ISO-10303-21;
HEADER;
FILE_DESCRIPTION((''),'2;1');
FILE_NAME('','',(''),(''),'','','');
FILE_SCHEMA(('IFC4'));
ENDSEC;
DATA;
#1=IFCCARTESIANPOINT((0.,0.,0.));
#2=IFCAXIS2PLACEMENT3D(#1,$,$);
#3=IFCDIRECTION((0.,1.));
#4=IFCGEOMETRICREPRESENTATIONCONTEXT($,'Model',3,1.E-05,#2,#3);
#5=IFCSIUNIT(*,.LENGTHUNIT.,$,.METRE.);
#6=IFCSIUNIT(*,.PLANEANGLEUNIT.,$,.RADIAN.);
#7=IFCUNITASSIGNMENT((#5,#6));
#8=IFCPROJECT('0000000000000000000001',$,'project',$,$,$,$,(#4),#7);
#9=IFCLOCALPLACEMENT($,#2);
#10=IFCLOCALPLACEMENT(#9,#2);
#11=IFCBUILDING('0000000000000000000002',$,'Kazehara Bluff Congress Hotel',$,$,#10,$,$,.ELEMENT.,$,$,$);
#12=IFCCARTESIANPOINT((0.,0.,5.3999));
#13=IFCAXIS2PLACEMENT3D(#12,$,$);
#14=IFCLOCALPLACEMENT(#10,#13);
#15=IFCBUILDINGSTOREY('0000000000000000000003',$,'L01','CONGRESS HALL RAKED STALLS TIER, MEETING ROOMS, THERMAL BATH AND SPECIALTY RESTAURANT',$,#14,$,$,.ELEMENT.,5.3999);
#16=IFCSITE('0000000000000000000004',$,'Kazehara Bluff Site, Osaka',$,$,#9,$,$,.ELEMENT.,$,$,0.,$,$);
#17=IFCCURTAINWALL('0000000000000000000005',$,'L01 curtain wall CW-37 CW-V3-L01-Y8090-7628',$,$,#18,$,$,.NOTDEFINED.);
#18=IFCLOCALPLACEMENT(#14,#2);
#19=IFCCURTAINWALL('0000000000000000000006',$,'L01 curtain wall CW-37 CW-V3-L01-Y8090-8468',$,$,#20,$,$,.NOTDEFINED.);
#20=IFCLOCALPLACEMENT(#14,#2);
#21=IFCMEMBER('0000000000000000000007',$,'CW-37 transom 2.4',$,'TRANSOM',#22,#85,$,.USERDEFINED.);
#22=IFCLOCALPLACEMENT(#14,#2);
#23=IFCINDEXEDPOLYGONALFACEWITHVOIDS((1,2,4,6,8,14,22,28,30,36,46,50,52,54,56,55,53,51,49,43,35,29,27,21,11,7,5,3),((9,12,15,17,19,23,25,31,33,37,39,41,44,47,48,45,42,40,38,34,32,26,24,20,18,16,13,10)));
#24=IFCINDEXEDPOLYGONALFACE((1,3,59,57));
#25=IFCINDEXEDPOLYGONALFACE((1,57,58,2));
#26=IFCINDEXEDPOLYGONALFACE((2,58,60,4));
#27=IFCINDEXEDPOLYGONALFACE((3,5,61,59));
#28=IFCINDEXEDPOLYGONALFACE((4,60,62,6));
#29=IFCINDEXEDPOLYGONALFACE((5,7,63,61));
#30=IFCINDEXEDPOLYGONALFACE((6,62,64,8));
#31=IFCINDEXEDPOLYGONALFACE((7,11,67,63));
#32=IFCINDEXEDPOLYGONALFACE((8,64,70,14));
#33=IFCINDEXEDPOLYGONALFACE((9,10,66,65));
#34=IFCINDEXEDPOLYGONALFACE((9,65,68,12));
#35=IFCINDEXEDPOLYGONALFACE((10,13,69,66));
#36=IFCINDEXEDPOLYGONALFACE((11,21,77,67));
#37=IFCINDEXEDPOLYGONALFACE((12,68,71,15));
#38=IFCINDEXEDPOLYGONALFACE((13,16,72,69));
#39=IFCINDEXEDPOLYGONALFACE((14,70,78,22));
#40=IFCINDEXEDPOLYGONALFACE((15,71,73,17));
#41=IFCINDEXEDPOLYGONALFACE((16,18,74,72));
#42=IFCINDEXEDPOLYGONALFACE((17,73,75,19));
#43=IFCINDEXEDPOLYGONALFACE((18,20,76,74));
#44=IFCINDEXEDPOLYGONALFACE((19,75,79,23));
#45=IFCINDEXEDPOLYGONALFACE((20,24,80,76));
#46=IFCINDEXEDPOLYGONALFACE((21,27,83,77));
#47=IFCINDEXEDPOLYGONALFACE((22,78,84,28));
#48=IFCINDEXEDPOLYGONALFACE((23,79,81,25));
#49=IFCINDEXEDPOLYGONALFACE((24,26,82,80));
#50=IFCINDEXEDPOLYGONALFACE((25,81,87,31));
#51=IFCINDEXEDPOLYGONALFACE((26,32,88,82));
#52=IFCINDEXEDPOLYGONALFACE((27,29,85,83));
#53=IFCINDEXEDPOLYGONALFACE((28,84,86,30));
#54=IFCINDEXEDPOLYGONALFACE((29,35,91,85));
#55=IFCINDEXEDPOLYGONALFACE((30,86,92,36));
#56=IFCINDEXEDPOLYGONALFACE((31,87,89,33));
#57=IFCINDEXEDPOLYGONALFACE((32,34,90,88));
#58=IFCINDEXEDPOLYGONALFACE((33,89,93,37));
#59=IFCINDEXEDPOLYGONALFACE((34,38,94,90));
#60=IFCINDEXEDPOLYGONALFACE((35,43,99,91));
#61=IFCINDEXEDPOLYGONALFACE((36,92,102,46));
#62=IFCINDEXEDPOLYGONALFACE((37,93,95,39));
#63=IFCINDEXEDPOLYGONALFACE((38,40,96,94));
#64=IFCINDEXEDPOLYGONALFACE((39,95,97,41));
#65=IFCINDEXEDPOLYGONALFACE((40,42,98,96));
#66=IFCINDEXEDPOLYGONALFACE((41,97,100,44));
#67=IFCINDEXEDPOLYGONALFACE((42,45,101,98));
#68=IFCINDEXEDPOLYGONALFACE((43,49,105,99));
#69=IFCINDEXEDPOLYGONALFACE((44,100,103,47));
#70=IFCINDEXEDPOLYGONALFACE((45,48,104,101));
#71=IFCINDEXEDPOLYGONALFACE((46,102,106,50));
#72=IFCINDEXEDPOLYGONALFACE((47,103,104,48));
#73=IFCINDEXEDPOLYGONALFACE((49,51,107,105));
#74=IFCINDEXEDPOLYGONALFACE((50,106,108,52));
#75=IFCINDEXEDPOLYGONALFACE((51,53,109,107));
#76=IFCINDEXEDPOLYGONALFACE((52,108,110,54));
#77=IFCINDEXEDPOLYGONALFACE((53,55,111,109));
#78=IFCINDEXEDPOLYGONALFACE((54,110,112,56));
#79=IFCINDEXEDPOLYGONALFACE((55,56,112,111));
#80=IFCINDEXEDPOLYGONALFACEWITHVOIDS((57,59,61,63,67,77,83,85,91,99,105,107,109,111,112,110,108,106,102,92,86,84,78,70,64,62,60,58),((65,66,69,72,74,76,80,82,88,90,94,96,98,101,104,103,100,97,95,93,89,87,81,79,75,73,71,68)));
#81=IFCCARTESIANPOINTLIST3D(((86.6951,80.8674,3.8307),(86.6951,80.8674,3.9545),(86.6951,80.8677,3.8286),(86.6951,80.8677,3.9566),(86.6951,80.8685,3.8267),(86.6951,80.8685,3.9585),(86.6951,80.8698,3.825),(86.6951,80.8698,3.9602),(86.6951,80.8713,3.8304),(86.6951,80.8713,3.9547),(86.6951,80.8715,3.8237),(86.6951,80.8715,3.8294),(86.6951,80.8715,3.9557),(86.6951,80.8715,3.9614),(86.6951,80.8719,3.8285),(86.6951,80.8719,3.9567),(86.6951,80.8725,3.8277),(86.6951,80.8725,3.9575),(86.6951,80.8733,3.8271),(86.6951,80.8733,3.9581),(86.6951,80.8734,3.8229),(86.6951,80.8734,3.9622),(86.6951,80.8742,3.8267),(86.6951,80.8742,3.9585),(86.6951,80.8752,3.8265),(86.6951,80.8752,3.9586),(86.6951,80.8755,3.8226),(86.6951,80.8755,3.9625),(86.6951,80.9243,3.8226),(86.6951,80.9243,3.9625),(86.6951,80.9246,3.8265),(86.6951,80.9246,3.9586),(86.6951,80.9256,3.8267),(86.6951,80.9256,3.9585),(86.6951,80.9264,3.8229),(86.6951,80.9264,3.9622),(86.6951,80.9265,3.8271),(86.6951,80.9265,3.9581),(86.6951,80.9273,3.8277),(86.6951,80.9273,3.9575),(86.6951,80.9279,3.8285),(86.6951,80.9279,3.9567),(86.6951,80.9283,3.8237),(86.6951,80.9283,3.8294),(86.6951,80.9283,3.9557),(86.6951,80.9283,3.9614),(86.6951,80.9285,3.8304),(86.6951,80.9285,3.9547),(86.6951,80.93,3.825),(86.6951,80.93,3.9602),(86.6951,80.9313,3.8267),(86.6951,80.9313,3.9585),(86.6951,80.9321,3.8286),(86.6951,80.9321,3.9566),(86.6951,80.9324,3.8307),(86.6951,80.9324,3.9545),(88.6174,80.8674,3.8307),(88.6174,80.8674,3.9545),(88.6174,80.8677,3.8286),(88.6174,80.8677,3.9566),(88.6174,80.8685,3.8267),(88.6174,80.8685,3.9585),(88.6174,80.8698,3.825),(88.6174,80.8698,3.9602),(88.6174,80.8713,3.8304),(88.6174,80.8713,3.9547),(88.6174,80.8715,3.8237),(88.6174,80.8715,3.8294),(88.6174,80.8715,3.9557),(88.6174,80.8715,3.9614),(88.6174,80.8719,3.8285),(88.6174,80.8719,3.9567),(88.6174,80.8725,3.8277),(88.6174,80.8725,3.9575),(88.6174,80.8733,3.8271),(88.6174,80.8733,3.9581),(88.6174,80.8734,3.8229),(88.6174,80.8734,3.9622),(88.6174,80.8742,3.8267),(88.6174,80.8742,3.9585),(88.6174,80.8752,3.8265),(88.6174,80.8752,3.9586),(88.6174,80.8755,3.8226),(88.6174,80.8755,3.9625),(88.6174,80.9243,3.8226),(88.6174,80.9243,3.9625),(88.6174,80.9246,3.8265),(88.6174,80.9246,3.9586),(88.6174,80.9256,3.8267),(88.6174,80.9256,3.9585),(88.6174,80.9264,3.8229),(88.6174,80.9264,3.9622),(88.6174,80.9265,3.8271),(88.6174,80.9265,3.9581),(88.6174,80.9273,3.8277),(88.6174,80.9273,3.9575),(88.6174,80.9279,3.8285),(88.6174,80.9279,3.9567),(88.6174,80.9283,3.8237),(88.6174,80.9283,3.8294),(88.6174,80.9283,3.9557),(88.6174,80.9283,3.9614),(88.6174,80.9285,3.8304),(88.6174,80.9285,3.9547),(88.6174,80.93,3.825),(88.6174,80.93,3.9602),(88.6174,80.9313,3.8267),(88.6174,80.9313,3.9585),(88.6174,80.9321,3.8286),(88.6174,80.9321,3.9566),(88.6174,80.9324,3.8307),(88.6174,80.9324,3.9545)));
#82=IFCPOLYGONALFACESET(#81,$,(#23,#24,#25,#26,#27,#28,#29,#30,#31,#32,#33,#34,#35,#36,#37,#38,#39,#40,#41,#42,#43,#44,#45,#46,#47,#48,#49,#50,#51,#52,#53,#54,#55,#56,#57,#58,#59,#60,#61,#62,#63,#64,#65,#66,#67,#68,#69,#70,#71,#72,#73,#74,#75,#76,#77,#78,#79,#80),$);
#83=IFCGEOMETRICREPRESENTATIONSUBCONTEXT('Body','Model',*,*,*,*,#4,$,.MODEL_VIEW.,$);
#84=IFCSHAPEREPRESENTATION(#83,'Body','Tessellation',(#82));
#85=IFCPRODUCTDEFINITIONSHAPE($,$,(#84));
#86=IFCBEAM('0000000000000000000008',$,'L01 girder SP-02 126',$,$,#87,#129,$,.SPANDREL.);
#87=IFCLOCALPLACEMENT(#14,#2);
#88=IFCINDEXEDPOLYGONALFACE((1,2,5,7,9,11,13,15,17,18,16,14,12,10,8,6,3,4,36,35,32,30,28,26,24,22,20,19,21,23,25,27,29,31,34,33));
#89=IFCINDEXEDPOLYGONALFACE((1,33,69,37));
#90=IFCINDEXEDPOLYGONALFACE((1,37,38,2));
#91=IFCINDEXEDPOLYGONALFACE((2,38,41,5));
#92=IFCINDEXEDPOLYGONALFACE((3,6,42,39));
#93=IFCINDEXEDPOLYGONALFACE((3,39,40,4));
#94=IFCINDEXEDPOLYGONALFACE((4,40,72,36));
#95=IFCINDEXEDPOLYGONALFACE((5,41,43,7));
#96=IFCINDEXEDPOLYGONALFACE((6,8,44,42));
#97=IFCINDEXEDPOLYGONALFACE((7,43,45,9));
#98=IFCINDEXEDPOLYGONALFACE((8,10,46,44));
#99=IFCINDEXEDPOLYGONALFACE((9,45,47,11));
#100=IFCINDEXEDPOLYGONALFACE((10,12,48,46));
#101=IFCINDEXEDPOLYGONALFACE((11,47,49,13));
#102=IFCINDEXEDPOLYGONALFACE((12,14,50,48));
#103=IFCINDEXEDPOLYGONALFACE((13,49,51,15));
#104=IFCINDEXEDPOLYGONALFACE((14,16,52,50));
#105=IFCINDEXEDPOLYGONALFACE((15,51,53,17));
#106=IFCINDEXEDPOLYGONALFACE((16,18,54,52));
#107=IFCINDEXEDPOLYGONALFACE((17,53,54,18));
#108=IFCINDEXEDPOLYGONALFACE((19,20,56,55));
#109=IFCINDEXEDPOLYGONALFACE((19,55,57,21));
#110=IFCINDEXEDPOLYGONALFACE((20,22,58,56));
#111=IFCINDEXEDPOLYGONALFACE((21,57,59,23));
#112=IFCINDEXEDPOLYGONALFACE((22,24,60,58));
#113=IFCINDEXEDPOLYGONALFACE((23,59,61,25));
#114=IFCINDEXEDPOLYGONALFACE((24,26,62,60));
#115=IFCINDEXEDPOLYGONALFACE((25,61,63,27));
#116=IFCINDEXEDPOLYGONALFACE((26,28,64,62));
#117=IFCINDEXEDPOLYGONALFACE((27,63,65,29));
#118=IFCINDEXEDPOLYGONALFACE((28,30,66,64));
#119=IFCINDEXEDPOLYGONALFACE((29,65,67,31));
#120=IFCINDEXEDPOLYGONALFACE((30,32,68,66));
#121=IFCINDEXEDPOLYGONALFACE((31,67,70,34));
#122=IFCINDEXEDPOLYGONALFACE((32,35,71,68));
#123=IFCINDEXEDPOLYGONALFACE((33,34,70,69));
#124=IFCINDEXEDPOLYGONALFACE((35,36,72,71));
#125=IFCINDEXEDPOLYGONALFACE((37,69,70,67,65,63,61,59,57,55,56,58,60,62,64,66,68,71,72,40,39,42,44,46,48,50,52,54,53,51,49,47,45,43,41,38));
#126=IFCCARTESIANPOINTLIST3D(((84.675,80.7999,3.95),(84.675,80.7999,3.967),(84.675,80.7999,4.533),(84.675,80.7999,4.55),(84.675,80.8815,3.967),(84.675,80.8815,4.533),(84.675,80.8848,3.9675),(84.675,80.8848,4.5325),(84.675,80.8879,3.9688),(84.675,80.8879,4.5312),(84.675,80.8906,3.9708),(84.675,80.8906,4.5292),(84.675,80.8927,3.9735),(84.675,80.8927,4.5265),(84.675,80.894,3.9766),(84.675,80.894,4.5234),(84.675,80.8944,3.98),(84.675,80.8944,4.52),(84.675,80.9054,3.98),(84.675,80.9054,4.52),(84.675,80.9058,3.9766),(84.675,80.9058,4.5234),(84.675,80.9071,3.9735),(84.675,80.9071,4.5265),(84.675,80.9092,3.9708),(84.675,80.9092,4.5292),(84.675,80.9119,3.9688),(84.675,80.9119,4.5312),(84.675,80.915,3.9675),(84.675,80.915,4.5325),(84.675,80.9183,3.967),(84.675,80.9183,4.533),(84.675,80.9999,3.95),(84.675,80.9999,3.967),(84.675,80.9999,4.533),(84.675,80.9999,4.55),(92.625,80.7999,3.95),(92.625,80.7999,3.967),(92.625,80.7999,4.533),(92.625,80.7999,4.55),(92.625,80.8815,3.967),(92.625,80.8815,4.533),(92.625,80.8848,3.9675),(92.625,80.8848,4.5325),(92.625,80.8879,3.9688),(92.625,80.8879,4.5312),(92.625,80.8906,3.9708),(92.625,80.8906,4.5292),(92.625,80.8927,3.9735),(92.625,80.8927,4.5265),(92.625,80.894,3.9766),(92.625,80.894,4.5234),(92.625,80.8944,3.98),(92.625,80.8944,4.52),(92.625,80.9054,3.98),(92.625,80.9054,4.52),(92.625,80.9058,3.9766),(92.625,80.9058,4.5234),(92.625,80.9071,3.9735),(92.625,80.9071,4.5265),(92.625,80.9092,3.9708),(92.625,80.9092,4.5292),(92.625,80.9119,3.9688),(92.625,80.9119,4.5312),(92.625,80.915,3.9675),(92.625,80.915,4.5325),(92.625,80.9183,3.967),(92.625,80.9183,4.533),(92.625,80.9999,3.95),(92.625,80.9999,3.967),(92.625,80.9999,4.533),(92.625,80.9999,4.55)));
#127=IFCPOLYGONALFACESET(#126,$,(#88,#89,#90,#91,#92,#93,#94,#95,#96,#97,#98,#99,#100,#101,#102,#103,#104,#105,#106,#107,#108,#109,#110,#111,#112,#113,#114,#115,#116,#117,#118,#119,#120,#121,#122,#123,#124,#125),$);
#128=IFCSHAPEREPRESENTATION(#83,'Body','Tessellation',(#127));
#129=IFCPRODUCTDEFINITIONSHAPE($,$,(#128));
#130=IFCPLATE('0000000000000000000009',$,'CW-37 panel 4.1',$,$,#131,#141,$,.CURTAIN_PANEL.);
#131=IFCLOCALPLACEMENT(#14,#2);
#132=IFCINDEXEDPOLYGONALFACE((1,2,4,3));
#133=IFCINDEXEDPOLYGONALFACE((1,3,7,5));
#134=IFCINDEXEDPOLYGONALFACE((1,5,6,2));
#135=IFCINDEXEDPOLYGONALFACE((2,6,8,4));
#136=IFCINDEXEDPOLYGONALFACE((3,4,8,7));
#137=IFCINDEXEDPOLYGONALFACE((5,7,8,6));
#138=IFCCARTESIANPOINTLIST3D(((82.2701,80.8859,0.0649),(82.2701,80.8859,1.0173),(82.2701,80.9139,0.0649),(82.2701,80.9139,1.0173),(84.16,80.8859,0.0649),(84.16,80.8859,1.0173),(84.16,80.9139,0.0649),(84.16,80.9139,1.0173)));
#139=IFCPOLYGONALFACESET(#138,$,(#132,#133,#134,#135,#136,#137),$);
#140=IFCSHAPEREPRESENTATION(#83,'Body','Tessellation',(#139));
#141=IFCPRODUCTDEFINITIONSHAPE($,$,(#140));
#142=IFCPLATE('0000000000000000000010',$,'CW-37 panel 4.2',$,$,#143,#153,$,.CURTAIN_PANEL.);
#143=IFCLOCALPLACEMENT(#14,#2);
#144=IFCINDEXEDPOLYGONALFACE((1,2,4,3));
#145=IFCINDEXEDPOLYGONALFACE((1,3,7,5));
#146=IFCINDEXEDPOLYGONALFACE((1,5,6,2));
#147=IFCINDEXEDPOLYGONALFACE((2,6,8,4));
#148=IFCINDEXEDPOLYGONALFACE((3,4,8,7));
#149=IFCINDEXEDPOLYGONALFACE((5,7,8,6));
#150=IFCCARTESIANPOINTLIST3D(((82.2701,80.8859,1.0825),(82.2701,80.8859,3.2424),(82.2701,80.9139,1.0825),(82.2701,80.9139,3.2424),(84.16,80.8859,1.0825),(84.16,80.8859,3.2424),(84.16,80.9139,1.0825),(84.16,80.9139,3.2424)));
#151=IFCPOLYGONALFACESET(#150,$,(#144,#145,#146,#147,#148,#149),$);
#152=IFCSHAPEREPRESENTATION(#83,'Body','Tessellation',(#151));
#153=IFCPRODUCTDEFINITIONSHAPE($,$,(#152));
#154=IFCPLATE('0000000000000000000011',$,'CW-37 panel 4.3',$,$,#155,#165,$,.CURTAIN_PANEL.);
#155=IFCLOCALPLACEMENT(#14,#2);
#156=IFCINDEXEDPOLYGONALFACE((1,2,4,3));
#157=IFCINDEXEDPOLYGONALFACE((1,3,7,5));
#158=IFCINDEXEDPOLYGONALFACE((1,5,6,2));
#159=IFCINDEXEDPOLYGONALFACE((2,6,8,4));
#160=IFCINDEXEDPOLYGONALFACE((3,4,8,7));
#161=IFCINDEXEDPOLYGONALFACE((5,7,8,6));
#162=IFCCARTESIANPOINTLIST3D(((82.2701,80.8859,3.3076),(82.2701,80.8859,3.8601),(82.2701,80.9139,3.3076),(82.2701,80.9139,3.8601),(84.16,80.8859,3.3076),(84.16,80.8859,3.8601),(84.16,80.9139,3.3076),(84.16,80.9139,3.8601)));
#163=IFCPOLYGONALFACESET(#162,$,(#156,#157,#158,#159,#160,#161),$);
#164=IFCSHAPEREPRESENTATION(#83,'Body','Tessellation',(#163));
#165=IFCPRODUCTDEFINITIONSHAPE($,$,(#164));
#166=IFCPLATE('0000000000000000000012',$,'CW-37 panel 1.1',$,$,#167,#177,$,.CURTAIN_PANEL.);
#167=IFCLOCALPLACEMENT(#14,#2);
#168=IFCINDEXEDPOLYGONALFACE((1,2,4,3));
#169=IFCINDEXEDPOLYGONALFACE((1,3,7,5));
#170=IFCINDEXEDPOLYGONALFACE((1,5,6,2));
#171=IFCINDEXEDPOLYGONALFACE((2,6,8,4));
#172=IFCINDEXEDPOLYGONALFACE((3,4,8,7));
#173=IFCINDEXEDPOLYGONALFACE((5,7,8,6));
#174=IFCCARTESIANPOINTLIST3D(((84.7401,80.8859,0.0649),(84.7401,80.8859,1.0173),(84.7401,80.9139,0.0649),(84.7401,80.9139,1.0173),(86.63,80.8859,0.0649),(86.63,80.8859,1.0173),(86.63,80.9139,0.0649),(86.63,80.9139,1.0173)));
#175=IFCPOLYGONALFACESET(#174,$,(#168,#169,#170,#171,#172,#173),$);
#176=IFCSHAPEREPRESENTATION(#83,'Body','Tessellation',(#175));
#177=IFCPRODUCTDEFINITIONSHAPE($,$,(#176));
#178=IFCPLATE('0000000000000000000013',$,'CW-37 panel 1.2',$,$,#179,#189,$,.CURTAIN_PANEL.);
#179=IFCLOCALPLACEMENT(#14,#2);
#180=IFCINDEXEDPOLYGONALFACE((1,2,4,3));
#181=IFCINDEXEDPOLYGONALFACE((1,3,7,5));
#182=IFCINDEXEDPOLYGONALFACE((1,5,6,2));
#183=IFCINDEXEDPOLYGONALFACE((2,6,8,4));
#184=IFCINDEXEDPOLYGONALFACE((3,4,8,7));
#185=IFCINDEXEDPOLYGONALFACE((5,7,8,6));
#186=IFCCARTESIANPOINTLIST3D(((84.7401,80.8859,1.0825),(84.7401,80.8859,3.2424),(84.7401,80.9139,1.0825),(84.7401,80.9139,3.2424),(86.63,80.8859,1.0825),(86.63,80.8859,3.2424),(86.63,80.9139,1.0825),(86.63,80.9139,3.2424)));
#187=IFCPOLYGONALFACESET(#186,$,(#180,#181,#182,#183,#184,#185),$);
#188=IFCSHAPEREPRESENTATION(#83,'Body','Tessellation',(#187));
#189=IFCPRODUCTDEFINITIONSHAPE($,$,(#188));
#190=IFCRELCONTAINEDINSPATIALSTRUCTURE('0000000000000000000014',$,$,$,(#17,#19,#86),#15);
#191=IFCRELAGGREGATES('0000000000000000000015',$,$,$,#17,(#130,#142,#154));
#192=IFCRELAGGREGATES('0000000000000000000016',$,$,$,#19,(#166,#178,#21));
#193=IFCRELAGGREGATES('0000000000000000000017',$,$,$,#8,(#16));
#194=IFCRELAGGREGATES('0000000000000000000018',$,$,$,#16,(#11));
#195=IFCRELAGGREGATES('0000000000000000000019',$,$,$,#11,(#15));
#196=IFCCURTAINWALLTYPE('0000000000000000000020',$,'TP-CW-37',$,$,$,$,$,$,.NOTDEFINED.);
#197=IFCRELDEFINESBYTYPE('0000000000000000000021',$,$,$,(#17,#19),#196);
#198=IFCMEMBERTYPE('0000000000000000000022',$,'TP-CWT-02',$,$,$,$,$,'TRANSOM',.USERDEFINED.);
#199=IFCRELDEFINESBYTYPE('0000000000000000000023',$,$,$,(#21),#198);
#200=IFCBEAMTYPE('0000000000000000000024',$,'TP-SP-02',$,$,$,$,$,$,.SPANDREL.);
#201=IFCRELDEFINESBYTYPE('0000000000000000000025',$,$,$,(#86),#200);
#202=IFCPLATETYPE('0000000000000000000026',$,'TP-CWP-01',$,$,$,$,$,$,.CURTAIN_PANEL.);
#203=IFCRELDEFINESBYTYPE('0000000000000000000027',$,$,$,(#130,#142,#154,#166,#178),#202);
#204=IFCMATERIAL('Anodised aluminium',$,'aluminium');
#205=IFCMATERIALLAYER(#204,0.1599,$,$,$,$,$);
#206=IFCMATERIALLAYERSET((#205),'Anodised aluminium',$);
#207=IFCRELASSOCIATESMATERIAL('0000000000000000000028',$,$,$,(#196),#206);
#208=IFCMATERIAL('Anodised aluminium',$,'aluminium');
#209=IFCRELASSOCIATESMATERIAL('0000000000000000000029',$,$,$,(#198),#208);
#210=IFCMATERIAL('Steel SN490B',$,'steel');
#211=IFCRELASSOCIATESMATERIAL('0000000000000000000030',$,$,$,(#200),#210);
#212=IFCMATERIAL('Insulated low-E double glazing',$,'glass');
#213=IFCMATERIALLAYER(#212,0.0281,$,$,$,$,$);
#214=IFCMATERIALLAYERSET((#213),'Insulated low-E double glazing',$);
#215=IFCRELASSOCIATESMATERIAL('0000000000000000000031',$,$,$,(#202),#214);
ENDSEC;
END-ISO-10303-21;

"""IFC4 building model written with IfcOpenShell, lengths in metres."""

from ifc_helpers import new_model, si_unit, direction, frame, origin, origin_2d, place, context, subcontext, project, spatial, rectangle, hollow_rectangle, i_section, extrude, material, layer, layer_set, material_profile, profile_set, type_object, element, aggregate, save


model = new_model("IFC4")

# Units and contexts
model_context = context("Model", 3, precision=1e-05, world=origin(), true_north=direction((0.0, 1.0)))
body_context = subcontext(model_context, "Body", "Model", "MODEL_VIEW")
ifc_project = project(units=[si_unit("LENGTHUNIT", "METRE"), si_unit("PLANEANGLEUNIT", "RADIAN")], contexts=[model_context])

# Site, building, storey
site_placement = place(None, origin())
site = spatial("IfcSite", under=ifc_project, at=site_placement, Name="Kazehara Bluff Site, Osaka", CompositionType="ELEMENT", RefElevation=0.0)
building_placement = place(site_placement, origin())
building = spatial("IfcBuilding", under=site, at=building_placement, Name="Kazehara Bluff Congress Hotel", CompositionType="ELEMENT")
storey_placement = place(building_placement, frame((0.0, 0.0, 5.3999)))
storey = spatial("IfcBuildingStorey", under=building, at=storey_placement, Name="L01", Description="CONGRESS HALL RAKED STALLS TIER, MEETING ROOMS, THERMAL BATH AND SPECIALTY RESTAURANT", CompositionType="ELEMENT", Elevation=5.3999)

# Curtain walls
ifc_material_1 = material(Name="Anodised aluminium", Category="aluminium")
ifc_layer_1 = layer(ifc_material_1, 0.1599)
ifc_layer_set_1 = layer_set([ifc_layer_1], Name="Anodised aluminium")
curtain_wall_type_1 = type_object("IfcCurtainWallType", Name="TP-CW-37", PredefinedType="NOTDEFINED", material=ifc_layer_set_1)
curtain_wall_1_placement = place(storey_placement, origin())
curtain_wall_1 = element("IfcCurtainWall", 1, at=curtain_wall_1_placement, inside=storey, type_object=curtain_wall_type_1, Name="L01 curtain wall CW-37 CW-V3-L01-Y8090-7628", PredefinedType="NOTDEFINED")
curtain_wall_2_placement = place(storey_placement, origin())
curtain_wall_2 = element("IfcCurtainWall", 2, at=curtain_wall_2_placement, inside=storey, type_object=curtain_wall_type_1, Name="L01 curtain wall CW-37 CW-V3-L01-Y8090-8468", PredefinedType="NOTDEFINED")

# Member
ifc_material_2 = material(Name="Anodised aluminium", Category="aluminium")
ifc_material_profile_1 = material_profile(ifc_material_2, hollow_rectangle(XDim=0.0649, YDim=0.1399, WallThickness=0.0039, InnerFilletRadius=0.0039, OuterFilletRadius=0.0081, at=origin_2d()))
ifc_profile_set_1 = profile_set([ifc_material_profile_1], Name="Anodised aluminium")
member_type_1 = type_object("IfcMemberType", Name="TP-CWT-02", ElementType="TRANSOM", PredefinedType="USERDEFINED", material=ifc_profile_set_1)
member_1_placement = place(storey_placement, frame((86.6951, 80.8999, 3.8926), z_axis=(1.0, 0.0, 0.0), x_axis=(0.0, 1.0, 0.0)))
member_1 = element("IfcMember", 3, at=member_1_placement, type_object=member_type_1, Name="CW-37 transom 2.4", ObjectType="TRANSOM", PredefinedType="USERDEFINED", context=body_context, shape_type="SweptSolid", body=[
    extrude(hollow_rectangle(XDim=0.0649, YDim=0.1399, WallThickness=0.0039, InnerFilletRadius=0.0039, OuterFilletRadius=0.0081, at=origin_2d()), origin(), (0.0, 0.0, 1.0), 1.9224),
])

# Beam
ifc_material_3 = material(Name="Steel SN490B", Category="steel")
ifc_material_profile_2 = material_profile(ifc_material_3, i_section(OverallWidth=0.2, OverallDepth=0.6001, WebThickness=0.011, FlangeThickness=0.0171, FilletRadius=0.0129, at=origin_2d()))
ifc_profile_set_2 = profile_set([ifc_material_profile_2], Name="Steel SN490B")
beam_type = type_object("IfcBeamType", Name="TP-SP-02", PredefinedType="SPANDREL", material=ifc_profile_set_2)
beam_placement = place(storey_placement, frame((84.675, 80.8999, 4.25), z_axis=(1.0, 0.0, 0.0), x_axis=(0.0, 1.0, 0.0)))
element("IfcBeam", 4, at=beam_placement, inside=storey, type_object=beam_type, Name="L01 girder SP-02 126", PredefinedType="SPANDREL", context=body_context, shape_type="SweptSolid", body=[
    extrude(i_section(OverallWidth=0.2, OverallDepth=0.6001, WebThickness=0.011, FlangeThickness=0.0171, FilletRadius=0.0129, at=origin_2d()), origin(), (0.0, 0.0, 1.0), 7.95),
])

# Plates
ifc_material_4 = material(Name="Insulated low-E double glazing", Category="glass")
ifc_layer_2 = layer(ifc_material_4, 0.0281)
ifc_layer_set_2 = layer_set([ifc_layer_2], Name="Insulated low-E double glazing")
plate_type = type_object("IfcPlateType", Name="TP-CWP-01", PredefinedType="CURTAIN_PANEL", material=ifc_layer_set_2)
plate_1_placement = place(storey_placement, frame((83.2151, 80.8999, 0.0649), z_axis=(0.0, 0.0, 1.0), x_axis=(1.0, 0.0, 0.0)))
plate_1 = element("IfcPlate", 5, at=plate_1_placement, type_object=plate_type, Name="CW-37 panel 4.1", PredefinedType="CURTAIN_PANEL", context=body_context, shape_type="SweptSolid", body=[
    extrude(rectangle(XDim=1.8899, YDim=0.0281, at=origin_2d()), origin(), (0.0, 0.0, 1.0), 0.9524),
])
plate_2_placement = place(storey_placement, frame((83.2151, 80.8999, 1.0825), z_axis=(0.0, 0.0, 1.0), x_axis=(1.0, 0.0, 0.0)))
plate_2 = element("IfcPlate", 6, at=plate_2_placement, type_object=plate_type, Name="CW-37 panel 4.2", PredefinedType="CURTAIN_PANEL", context=body_context, shape_type="SweptSolid", body=[
    extrude(rectangle(XDim=1.8899, YDim=0.0281, at=origin_2d()), origin(), (0.0, 0.0, 1.0), 2.1599),
])
plate_3_placement = place(storey_placement, frame((83.2151, 80.8999, 3.3076), z_axis=(0.0, 0.0, 1.0), x_axis=(1.0, 0.0, 0.0)))
plate_3 = element("IfcPlate", 7, at=plate_3_placement, type_object=plate_type, Name="CW-37 panel 4.3", PredefinedType="CURTAIN_PANEL", context=body_context, shape_type="SweptSolid", body=[
    extrude(rectangle(XDim=1.8899, YDim=0.0281, at=origin_2d()), origin(), (0.0, 0.0, 1.0), 0.5525),
])
aggregate(curtain_wall_1, [plate_1, plate_2, plate_3])
plate_4_placement = place(storey_placement, frame((85.6851, 80.8999, 0.0649), z_axis=(0.0, 0.0, 1.0), x_axis=(1.0, 0.0, 0.0)))
plate_4 = element("IfcPlate", 8, at=plate_4_placement, type_object=plate_type, Name="CW-37 panel 1.1", PredefinedType="CURTAIN_PANEL", context=body_context, shape_type="SweptSolid", body=[
    extrude(rectangle(XDim=1.8899, YDim=0.0281, at=origin_2d()), origin(), (0.0, 0.0, 1.0), 0.9524),
])
plate_5_placement = place(storey_placement, frame((85.6851, 80.8999, 1.0825), z_axis=(0.0, 0.0, 1.0), x_axis=(1.0, 0.0, 0.0)))
plate_5 = element("IfcPlate", 9, at=plate_5_placement, type_object=plate_type, Name="CW-37 panel 1.2", PredefinedType="CURTAIN_PANEL", context=body_context, shape_type="SweptSolid", body=[
    extrude(rectangle(XDim=1.8899, YDim=0.0281, at=origin_2d()), origin(), (0.0, 0.0, 1.0), 2.1599),
])
aggregate(curtain_wall_2, [plate_4, plate_5, member_1])

save(model, "model.ifc")
